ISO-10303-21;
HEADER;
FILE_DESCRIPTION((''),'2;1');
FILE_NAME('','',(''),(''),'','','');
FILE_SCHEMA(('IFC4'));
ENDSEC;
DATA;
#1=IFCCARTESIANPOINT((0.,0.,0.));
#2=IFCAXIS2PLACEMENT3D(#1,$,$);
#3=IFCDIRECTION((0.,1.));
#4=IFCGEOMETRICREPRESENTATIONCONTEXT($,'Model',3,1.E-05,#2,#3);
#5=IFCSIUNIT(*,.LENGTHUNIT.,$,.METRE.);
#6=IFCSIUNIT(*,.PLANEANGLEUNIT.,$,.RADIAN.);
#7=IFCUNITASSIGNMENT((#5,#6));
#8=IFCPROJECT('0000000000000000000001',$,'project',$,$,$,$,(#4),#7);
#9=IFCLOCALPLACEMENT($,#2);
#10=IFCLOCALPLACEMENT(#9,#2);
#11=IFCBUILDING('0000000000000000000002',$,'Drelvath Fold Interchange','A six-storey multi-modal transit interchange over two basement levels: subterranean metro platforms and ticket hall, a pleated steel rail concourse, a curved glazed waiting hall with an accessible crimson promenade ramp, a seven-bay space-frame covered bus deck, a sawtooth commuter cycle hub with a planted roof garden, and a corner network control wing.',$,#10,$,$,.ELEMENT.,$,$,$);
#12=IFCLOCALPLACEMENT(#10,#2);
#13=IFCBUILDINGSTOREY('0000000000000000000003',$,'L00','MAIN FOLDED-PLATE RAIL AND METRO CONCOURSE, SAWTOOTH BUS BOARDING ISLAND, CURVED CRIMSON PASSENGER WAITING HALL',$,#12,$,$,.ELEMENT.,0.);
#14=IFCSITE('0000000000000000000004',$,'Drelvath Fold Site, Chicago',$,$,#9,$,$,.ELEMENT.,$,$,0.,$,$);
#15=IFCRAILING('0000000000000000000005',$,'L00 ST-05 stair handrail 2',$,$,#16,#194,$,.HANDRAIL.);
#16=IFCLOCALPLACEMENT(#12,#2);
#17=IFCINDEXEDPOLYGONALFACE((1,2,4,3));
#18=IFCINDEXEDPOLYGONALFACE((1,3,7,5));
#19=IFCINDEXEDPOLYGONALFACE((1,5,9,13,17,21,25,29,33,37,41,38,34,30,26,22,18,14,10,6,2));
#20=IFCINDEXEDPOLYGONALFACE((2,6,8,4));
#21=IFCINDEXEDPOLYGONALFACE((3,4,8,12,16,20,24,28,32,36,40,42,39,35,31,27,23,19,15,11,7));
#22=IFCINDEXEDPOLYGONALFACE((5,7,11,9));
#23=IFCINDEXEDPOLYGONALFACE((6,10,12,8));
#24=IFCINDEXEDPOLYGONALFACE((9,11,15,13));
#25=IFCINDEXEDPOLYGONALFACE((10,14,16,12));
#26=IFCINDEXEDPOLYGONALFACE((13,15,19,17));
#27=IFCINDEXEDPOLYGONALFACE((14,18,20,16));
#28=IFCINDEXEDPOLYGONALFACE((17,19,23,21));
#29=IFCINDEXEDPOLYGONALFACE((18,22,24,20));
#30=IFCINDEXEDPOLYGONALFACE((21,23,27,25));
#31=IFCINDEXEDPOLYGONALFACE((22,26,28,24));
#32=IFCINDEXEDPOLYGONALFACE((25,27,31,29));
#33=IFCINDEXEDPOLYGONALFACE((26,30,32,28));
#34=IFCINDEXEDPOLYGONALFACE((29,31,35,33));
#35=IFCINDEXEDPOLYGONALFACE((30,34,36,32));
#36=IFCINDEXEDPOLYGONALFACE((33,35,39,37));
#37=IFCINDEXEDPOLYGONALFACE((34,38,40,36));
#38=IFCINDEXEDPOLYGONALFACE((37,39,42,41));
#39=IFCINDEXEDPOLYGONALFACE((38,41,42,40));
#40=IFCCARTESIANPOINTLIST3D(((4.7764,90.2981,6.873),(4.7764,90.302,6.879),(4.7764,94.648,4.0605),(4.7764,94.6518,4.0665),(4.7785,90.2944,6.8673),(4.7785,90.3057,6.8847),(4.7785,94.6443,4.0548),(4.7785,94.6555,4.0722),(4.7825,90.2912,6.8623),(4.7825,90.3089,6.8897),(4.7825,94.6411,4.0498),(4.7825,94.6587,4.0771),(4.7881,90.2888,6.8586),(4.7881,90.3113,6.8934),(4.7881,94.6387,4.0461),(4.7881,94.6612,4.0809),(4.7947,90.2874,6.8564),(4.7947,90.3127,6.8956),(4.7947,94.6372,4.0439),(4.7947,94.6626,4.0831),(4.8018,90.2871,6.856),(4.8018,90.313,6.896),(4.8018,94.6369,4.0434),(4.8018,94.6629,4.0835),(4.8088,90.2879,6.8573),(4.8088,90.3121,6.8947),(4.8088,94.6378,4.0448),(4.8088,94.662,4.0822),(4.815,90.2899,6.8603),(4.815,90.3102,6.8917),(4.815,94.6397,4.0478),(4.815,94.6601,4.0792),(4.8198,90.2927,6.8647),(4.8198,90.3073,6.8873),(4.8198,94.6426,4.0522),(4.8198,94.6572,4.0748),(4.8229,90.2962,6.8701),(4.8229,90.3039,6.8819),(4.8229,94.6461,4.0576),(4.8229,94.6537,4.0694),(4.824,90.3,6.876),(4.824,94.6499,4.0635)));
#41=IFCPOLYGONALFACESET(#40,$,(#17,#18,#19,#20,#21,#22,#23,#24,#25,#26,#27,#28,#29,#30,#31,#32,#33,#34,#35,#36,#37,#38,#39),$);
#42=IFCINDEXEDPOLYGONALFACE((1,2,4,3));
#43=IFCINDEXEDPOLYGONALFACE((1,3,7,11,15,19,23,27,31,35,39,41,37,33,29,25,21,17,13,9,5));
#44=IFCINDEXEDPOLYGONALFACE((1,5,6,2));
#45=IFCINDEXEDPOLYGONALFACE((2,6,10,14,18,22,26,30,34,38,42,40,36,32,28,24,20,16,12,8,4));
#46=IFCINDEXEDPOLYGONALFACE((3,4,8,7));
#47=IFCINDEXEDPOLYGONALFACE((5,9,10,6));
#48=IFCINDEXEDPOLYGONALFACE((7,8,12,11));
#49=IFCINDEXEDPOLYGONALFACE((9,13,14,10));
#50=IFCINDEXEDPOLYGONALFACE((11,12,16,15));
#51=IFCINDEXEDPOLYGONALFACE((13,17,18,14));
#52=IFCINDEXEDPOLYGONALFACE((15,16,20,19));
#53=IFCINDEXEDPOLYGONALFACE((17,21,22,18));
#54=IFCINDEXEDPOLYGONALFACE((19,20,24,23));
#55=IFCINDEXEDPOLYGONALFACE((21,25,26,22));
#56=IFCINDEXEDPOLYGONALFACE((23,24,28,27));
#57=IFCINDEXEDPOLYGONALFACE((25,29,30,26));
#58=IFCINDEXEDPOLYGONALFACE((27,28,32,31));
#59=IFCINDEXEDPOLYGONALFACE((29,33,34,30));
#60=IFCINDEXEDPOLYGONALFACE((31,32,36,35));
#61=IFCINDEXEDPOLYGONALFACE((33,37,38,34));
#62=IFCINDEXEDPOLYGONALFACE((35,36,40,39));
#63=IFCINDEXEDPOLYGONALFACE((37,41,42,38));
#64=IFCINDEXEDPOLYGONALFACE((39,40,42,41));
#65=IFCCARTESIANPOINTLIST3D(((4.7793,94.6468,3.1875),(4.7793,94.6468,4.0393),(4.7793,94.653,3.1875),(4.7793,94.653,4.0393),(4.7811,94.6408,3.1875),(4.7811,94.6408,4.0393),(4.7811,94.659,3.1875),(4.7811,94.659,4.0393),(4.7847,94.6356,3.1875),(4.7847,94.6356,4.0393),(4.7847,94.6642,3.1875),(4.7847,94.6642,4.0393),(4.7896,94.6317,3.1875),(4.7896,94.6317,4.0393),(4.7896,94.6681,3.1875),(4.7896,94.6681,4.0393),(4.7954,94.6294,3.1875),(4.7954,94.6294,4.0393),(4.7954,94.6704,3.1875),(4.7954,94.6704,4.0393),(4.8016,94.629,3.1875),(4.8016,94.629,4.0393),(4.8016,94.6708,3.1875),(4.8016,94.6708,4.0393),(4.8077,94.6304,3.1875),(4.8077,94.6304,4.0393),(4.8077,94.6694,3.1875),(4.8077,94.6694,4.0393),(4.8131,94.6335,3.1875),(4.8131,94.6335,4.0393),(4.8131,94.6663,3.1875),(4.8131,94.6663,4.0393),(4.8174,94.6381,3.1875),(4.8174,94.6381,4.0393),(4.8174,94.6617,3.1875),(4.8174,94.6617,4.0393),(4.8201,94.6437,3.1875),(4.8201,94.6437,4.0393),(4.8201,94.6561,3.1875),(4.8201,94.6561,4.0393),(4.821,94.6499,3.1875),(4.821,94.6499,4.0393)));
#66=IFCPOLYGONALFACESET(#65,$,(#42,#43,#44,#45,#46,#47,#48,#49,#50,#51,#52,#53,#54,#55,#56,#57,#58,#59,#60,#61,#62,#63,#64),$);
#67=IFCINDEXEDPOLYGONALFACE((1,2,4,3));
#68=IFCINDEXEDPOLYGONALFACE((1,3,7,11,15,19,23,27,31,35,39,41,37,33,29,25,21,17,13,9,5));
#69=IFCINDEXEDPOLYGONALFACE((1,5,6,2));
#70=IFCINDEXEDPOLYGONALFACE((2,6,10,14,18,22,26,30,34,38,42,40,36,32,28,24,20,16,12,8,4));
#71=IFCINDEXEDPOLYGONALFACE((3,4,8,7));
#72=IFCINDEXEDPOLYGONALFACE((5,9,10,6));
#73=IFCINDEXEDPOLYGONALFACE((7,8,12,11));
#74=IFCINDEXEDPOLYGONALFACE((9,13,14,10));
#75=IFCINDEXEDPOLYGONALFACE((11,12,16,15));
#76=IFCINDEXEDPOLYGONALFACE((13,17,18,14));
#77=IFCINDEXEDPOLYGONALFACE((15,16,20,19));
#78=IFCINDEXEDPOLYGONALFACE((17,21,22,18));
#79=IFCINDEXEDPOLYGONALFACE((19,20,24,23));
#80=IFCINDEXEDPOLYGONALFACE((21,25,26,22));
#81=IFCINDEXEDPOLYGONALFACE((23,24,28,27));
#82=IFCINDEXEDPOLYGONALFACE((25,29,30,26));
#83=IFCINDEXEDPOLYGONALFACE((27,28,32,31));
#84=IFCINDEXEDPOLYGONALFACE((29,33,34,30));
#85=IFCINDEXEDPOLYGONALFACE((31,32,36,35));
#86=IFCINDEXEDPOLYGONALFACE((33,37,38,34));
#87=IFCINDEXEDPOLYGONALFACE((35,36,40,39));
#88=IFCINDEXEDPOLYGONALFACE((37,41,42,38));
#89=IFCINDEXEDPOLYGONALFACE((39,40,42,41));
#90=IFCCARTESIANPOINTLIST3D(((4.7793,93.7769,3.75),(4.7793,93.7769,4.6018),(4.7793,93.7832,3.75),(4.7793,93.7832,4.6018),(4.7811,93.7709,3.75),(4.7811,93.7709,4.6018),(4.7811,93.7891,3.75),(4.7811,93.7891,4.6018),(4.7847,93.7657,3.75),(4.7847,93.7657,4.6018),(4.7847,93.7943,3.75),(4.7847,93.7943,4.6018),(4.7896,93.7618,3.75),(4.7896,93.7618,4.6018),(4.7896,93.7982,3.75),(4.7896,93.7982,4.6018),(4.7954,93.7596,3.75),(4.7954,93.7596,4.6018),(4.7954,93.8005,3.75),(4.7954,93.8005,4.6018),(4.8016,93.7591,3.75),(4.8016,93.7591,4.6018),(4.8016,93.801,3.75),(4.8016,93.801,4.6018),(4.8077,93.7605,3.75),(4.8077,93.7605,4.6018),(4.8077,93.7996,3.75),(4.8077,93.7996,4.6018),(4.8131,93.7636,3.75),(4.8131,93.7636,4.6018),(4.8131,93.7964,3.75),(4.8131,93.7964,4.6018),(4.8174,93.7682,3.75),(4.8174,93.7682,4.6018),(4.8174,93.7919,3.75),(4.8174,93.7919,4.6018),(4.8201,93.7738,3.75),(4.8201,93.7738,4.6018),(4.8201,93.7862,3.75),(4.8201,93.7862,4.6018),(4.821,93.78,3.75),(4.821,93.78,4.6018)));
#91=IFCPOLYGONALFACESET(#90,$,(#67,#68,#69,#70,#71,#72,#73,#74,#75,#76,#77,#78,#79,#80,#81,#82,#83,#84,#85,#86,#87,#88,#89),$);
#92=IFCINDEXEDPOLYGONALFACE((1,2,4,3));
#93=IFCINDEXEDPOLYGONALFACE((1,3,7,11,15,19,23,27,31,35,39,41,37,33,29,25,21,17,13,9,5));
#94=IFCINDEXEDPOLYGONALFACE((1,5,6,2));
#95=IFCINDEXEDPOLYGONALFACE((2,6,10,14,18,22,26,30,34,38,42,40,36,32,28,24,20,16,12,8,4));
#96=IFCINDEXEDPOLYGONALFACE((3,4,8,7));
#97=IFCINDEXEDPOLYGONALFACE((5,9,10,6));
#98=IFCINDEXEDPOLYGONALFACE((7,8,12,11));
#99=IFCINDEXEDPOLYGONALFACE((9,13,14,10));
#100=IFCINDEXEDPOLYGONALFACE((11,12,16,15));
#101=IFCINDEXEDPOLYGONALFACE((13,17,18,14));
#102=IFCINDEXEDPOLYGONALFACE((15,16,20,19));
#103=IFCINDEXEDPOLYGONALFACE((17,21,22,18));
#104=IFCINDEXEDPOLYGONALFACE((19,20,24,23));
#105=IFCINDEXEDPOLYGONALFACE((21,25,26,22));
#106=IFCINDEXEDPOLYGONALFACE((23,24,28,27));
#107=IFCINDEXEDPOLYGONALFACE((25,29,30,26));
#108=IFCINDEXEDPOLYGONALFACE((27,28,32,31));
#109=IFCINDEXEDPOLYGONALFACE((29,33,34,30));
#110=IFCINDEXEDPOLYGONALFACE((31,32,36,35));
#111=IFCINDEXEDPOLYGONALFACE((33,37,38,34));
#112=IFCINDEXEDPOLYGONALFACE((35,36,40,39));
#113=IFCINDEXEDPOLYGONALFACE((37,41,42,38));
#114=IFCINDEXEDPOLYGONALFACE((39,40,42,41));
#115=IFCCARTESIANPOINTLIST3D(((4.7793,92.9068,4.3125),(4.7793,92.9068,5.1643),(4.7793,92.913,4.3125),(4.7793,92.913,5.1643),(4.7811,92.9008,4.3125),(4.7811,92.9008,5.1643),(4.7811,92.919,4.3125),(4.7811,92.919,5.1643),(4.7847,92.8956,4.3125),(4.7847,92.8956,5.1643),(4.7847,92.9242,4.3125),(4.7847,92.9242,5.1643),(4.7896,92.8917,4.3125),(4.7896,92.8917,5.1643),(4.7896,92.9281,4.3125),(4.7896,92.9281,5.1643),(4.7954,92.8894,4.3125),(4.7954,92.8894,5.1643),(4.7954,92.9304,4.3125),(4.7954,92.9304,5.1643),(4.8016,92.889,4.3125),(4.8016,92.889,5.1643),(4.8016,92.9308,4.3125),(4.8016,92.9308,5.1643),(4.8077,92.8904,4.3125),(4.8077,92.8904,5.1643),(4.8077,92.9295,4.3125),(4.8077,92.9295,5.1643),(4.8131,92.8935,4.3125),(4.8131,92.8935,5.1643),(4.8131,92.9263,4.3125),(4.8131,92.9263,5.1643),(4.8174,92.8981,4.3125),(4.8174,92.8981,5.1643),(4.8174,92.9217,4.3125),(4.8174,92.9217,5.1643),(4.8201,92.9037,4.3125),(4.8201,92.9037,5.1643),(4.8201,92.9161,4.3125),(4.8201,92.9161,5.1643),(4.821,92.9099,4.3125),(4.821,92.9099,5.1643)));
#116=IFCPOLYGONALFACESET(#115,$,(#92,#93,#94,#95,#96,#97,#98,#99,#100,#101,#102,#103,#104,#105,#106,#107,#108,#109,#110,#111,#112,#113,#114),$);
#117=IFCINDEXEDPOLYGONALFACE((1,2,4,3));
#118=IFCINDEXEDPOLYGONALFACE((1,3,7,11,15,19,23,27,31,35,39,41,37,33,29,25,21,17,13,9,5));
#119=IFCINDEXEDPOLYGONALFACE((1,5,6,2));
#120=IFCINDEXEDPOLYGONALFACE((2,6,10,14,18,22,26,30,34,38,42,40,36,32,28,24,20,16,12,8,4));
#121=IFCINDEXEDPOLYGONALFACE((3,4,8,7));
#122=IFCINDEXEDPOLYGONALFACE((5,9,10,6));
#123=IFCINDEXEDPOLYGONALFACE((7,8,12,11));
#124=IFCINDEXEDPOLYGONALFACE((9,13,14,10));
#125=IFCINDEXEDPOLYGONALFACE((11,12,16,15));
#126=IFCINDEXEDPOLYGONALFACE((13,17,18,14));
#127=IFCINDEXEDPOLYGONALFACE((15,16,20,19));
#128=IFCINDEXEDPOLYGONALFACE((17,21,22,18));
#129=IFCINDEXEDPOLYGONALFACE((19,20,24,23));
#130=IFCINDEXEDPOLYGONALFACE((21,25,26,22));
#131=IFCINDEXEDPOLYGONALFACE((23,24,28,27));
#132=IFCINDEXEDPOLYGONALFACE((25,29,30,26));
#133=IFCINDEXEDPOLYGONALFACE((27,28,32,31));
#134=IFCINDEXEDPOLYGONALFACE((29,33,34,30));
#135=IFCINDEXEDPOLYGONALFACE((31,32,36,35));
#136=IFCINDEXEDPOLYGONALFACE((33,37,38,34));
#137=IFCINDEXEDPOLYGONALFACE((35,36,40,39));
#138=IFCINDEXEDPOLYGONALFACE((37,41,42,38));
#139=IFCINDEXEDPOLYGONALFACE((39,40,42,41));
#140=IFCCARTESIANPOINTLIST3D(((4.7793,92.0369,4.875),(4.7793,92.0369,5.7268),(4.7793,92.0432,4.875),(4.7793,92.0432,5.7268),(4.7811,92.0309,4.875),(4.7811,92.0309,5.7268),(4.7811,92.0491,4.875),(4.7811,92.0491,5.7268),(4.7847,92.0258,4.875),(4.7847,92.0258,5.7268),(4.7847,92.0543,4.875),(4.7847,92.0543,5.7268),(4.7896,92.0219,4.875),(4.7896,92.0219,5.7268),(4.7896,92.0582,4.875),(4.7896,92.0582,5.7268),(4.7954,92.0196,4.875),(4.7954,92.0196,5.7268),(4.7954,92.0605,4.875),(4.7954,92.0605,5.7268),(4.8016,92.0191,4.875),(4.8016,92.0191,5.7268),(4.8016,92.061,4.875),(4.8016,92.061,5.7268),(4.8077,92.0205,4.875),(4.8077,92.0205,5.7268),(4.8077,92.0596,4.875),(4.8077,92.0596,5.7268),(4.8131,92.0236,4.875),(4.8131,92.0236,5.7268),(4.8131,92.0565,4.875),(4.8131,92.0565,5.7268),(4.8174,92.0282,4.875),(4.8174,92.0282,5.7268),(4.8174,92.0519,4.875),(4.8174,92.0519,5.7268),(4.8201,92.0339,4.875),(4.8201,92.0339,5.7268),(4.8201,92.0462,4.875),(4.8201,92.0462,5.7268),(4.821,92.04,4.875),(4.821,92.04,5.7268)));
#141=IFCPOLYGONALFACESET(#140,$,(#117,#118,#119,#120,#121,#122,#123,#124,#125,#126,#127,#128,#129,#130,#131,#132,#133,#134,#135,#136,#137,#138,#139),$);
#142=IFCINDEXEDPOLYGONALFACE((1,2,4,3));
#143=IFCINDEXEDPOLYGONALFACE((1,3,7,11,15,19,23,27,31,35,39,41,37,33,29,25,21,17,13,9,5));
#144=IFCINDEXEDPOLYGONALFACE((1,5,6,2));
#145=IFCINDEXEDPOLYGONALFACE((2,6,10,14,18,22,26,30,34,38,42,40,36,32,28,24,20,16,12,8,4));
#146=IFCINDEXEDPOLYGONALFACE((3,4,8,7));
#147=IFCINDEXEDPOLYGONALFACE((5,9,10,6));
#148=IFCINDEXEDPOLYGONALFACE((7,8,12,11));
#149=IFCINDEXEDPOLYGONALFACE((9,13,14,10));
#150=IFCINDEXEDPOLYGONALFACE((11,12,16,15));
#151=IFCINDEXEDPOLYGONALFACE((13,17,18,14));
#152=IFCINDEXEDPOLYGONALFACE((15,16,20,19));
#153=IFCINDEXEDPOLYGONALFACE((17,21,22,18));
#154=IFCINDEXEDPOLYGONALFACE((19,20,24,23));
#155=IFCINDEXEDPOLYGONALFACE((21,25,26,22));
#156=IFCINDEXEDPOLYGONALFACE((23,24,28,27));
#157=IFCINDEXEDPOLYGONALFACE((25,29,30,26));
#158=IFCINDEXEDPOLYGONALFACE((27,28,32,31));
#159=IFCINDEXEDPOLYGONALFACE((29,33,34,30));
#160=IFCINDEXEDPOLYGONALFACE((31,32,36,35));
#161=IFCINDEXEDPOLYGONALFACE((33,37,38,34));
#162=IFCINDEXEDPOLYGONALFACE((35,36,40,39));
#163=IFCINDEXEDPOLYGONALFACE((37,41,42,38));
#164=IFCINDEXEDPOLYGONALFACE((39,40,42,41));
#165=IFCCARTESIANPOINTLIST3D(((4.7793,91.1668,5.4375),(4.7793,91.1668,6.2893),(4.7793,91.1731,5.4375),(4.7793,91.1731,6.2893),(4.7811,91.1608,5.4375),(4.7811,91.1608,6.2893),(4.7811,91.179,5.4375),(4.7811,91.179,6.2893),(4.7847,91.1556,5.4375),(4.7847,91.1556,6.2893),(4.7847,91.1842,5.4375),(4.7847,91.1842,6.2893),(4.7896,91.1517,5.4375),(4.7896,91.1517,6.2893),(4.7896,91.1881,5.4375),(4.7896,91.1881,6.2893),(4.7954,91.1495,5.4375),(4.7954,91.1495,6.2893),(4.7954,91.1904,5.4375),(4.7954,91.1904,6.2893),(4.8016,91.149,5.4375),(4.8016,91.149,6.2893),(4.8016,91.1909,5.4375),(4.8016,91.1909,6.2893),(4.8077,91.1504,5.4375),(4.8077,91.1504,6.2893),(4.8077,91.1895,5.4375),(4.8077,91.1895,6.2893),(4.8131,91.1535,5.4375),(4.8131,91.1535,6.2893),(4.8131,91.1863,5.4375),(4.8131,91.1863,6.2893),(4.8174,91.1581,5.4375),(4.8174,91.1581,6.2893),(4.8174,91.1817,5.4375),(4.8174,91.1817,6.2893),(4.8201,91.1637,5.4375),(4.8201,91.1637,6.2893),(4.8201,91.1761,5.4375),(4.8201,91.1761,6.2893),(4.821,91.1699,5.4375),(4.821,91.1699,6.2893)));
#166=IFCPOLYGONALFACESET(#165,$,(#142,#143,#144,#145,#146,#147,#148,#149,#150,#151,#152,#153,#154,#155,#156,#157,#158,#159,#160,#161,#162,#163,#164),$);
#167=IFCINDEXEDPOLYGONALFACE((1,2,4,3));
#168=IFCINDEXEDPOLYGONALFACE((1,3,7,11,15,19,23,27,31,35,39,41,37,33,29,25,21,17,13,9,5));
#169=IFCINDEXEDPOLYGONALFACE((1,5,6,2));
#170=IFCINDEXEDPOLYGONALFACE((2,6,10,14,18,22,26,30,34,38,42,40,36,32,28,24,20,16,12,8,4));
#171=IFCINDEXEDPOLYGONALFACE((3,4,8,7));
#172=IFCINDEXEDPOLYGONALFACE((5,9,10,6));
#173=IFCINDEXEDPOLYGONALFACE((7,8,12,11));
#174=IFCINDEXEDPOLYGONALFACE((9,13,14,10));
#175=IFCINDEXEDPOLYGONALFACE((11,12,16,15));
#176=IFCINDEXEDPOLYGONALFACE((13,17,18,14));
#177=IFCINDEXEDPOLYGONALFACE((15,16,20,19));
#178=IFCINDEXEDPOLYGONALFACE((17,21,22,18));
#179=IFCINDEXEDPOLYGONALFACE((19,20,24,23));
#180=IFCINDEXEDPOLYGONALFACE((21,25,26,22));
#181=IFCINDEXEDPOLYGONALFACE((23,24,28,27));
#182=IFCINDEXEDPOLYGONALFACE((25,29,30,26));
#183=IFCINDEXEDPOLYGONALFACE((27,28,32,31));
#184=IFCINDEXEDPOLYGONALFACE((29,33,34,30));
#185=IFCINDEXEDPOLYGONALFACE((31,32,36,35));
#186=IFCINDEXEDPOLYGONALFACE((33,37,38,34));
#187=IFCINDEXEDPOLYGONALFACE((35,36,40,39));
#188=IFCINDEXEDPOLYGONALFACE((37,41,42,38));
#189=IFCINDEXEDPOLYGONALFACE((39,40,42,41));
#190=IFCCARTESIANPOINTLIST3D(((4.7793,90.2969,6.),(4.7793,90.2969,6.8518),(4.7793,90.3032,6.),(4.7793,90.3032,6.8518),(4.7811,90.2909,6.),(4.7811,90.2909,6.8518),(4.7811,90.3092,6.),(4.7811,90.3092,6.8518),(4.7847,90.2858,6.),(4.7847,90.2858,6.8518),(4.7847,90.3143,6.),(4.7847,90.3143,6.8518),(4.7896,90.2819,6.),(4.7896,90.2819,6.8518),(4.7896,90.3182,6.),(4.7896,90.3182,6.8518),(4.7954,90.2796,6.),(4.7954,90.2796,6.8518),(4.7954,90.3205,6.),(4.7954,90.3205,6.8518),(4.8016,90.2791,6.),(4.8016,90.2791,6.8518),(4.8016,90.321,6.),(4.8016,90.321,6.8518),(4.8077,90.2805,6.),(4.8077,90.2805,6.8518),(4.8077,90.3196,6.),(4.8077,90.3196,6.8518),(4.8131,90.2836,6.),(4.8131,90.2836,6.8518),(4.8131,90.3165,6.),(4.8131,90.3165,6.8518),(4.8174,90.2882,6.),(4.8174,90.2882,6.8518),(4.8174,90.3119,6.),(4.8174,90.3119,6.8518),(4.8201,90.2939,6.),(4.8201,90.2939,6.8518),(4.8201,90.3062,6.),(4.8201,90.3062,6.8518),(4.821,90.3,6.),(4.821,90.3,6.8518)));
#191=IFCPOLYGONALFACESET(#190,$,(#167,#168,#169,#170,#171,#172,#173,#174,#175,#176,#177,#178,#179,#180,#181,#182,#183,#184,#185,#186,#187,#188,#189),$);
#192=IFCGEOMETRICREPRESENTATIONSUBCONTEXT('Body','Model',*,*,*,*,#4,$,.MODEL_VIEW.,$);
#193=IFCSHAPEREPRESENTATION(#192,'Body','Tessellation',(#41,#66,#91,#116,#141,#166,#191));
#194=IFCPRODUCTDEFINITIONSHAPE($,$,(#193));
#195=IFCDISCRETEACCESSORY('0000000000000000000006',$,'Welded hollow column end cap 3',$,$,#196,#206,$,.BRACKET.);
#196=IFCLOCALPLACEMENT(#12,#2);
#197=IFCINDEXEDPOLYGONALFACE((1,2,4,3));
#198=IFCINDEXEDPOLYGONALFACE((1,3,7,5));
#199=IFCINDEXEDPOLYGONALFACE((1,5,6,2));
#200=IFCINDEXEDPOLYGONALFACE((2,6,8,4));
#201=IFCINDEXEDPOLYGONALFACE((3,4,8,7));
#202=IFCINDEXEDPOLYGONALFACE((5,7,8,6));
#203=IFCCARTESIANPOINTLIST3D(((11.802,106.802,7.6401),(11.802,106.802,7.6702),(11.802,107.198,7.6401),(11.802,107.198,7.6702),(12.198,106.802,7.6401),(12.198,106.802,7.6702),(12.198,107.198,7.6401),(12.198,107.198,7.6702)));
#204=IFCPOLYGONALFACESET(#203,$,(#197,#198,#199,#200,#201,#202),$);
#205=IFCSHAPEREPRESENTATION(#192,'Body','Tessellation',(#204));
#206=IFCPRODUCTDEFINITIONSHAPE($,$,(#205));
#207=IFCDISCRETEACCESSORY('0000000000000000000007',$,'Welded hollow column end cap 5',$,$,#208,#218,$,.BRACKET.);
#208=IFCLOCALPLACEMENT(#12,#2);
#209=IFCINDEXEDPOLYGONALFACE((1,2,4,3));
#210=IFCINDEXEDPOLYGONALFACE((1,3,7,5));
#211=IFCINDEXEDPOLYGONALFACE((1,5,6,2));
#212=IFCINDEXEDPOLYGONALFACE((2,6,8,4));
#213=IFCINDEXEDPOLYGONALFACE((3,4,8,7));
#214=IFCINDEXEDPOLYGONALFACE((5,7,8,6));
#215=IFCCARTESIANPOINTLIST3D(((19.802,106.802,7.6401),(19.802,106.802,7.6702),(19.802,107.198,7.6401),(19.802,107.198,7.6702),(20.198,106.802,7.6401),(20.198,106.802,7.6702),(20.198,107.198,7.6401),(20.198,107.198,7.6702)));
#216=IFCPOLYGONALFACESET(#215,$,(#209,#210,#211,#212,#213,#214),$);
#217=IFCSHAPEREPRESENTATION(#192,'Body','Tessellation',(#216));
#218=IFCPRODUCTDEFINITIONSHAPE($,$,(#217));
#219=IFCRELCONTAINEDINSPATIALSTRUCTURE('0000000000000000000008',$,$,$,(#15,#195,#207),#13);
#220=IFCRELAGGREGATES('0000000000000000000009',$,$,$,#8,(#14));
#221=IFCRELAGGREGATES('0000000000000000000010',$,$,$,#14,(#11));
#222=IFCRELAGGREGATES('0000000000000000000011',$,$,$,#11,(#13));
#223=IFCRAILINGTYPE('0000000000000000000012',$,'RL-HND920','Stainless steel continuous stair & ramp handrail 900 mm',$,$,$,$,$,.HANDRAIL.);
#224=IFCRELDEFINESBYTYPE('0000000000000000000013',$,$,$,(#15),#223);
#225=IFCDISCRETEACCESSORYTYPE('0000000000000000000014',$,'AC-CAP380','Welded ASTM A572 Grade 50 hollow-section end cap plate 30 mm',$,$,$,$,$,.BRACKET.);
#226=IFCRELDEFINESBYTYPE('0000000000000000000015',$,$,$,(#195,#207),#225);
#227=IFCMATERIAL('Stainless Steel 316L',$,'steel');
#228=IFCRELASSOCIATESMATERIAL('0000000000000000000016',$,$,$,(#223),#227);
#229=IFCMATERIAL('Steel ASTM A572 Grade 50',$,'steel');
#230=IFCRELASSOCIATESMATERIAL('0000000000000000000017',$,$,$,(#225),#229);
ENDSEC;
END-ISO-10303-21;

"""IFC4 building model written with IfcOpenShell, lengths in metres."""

from ifc_helpers import new_model, si_unit, direction, frame, origin, origin_2d, place, context, subcontext, project, spatial, rectangle, circle, extrude, material, type_object, element, save


model = new_model("IFC4")

# Units and contexts
model_context = context("Model", 3, precision=1e-05, world=origin(), true_north=direction((0.0, 1.0)))
body_context = subcontext(model_context, "Body", "Model", "MODEL_VIEW")
ifc_project = project(units=[si_unit("LENGTHUNIT", "METRE"), si_unit("PLANEANGLEUNIT", "RADIAN")], contexts=[model_context])

# Site, building, storey
site_placement = place(None, origin())
site = spatial("IfcSite", under=ifc_project, at=site_placement, Name="Drelvath Fold Site, Chicago", CompositionType="ELEMENT", RefElevation=0.0)
building_placement = place(site_placement, origin())
building = spatial("IfcBuilding", under=site, at=building_placement, Name="Drelvath Fold Interchange", Description="A six-storey multi-modal transit interchange over two basement levels: subterranean metro platforms and ticket hall, a pleated steel rail concourse, a curved glazed waiting hall with an accessible crimson promenade ramp, a seven-bay space-frame covered bus deck, a sawtooth commuter cycle hub with a planted roof garden, and a corner network control wing.", CompositionType="ELEMENT")
storey_placement = place(building_placement, origin())
storey = spatial("IfcBuildingStorey", under=building, at=storey_placement, Name="L00", Description="MAIN FOLDED-PLATE RAIL AND METRO CONCOURSE, SAWTOOTH BUS BOARDING ISLAND, CURVED CRIMSON PASSENGER WAITING HALL", CompositionType="ELEMENT", Elevation=0.0)

# Railing
ifc_material_1 = material(Name="Stainless Steel 316L", Category="steel")
railing_type_1 = type_object("IfcRailingType", Name="RL-HND920", Description="Stainless steel continuous stair & ramp handrail 900 mm", PredefinedType="HANDRAIL", material=ifc_material_1)
railing_1_placement = place(storey_placement, frame((4.8, 94.6499, 3.1875)))
element("IfcRailing", 1, at=railing_1_placement, inside=storey, type_object=railing_type_1, Name="L00 ST-05 stair handrail 2", PredefinedType="HANDRAIL", context=body_context, shape_type="SweptSolid", body=[
    extrude(circle(Radius=0.0239, at=origin_2d()), frame((0.0, 0.0, 0.876), z_axis=(0.0, -0.839756, 0.542964), x_axis=(1.0, 0.0, 0.0)), (0.0, 0.0, 1.0), 5.1799),
    extrude(circle(Radius=0.021, at=origin_2d()), origin(), (0.0, 0.0, 1.0), 0.8518),
    extrude(circle(Radius=0.021, at=origin_2d()), frame((0.0, -0.8699, 0.5625)), (0.0, 0.0, 1.0), 0.8518),
    extrude(circle(Radius=0.021, at=origin_2d()), frame((0.0, -1.74, 1.125)), (0.0, 0.0, 1.0), 0.8518),
    extrude(circle(Radius=0.021, at=origin_2d()), frame((0.0, -2.6099, 1.6875)), (0.0, 0.0, 1.0), 0.8518),
    extrude(circle(Radius=0.021, at=origin_2d()), frame((0.0, -3.48, 2.25)), (0.0, 0.0, 1.0), 0.8518),
    extrude(circle(Radius=0.021, at=origin_2d()), frame((0.0, -4.3499, 2.8125)), (0.0, 0.0, 1.0), 0.8518),
])

# Discrete accessories
ifc_material_2 = material(Name="Steel ASTM A572 Grade 50", Category="steel")
discrete_accessory_type = type_object("IfcDiscreteAccessoryType", Name="AC-CAP380", Description="Welded ASTM A572 Grade 50 hollow-section end cap plate 30 mm", PredefinedType="BRACKET", material=ifc_material_2)
for number, where, z_axis, x_axis, name in (
    (2, (12.0, 107.0, 7.6401), (0.0, 0.0, 1.0), (1.0, 0.0, 0.0), "Welded hollow column end cap 3"),
    (3, (20.0, 107.0, 7.6401), (0.0, 0.0, 1.0), (1.0, 0.0, 0.0), "Welded hollow column end cap 5"),
):
    element("IfcDiscreteAccessory", number, at=place(storey_placement, frame(where, z_axis=z_axis, x_axis=x_axis)), inside=storey, type_object=discrete_accessory_type, Name=name, PredefinedType="BRACKET", context=body_context, shape_type="SweptSolid", body=[
        extrude(rectangle(XDim=0.396, YDim=0.396, at=origin_2d()), origin(), (0.0, 0.0, 1.0), 0.03),
    ])

save(model, "model.ifc")
